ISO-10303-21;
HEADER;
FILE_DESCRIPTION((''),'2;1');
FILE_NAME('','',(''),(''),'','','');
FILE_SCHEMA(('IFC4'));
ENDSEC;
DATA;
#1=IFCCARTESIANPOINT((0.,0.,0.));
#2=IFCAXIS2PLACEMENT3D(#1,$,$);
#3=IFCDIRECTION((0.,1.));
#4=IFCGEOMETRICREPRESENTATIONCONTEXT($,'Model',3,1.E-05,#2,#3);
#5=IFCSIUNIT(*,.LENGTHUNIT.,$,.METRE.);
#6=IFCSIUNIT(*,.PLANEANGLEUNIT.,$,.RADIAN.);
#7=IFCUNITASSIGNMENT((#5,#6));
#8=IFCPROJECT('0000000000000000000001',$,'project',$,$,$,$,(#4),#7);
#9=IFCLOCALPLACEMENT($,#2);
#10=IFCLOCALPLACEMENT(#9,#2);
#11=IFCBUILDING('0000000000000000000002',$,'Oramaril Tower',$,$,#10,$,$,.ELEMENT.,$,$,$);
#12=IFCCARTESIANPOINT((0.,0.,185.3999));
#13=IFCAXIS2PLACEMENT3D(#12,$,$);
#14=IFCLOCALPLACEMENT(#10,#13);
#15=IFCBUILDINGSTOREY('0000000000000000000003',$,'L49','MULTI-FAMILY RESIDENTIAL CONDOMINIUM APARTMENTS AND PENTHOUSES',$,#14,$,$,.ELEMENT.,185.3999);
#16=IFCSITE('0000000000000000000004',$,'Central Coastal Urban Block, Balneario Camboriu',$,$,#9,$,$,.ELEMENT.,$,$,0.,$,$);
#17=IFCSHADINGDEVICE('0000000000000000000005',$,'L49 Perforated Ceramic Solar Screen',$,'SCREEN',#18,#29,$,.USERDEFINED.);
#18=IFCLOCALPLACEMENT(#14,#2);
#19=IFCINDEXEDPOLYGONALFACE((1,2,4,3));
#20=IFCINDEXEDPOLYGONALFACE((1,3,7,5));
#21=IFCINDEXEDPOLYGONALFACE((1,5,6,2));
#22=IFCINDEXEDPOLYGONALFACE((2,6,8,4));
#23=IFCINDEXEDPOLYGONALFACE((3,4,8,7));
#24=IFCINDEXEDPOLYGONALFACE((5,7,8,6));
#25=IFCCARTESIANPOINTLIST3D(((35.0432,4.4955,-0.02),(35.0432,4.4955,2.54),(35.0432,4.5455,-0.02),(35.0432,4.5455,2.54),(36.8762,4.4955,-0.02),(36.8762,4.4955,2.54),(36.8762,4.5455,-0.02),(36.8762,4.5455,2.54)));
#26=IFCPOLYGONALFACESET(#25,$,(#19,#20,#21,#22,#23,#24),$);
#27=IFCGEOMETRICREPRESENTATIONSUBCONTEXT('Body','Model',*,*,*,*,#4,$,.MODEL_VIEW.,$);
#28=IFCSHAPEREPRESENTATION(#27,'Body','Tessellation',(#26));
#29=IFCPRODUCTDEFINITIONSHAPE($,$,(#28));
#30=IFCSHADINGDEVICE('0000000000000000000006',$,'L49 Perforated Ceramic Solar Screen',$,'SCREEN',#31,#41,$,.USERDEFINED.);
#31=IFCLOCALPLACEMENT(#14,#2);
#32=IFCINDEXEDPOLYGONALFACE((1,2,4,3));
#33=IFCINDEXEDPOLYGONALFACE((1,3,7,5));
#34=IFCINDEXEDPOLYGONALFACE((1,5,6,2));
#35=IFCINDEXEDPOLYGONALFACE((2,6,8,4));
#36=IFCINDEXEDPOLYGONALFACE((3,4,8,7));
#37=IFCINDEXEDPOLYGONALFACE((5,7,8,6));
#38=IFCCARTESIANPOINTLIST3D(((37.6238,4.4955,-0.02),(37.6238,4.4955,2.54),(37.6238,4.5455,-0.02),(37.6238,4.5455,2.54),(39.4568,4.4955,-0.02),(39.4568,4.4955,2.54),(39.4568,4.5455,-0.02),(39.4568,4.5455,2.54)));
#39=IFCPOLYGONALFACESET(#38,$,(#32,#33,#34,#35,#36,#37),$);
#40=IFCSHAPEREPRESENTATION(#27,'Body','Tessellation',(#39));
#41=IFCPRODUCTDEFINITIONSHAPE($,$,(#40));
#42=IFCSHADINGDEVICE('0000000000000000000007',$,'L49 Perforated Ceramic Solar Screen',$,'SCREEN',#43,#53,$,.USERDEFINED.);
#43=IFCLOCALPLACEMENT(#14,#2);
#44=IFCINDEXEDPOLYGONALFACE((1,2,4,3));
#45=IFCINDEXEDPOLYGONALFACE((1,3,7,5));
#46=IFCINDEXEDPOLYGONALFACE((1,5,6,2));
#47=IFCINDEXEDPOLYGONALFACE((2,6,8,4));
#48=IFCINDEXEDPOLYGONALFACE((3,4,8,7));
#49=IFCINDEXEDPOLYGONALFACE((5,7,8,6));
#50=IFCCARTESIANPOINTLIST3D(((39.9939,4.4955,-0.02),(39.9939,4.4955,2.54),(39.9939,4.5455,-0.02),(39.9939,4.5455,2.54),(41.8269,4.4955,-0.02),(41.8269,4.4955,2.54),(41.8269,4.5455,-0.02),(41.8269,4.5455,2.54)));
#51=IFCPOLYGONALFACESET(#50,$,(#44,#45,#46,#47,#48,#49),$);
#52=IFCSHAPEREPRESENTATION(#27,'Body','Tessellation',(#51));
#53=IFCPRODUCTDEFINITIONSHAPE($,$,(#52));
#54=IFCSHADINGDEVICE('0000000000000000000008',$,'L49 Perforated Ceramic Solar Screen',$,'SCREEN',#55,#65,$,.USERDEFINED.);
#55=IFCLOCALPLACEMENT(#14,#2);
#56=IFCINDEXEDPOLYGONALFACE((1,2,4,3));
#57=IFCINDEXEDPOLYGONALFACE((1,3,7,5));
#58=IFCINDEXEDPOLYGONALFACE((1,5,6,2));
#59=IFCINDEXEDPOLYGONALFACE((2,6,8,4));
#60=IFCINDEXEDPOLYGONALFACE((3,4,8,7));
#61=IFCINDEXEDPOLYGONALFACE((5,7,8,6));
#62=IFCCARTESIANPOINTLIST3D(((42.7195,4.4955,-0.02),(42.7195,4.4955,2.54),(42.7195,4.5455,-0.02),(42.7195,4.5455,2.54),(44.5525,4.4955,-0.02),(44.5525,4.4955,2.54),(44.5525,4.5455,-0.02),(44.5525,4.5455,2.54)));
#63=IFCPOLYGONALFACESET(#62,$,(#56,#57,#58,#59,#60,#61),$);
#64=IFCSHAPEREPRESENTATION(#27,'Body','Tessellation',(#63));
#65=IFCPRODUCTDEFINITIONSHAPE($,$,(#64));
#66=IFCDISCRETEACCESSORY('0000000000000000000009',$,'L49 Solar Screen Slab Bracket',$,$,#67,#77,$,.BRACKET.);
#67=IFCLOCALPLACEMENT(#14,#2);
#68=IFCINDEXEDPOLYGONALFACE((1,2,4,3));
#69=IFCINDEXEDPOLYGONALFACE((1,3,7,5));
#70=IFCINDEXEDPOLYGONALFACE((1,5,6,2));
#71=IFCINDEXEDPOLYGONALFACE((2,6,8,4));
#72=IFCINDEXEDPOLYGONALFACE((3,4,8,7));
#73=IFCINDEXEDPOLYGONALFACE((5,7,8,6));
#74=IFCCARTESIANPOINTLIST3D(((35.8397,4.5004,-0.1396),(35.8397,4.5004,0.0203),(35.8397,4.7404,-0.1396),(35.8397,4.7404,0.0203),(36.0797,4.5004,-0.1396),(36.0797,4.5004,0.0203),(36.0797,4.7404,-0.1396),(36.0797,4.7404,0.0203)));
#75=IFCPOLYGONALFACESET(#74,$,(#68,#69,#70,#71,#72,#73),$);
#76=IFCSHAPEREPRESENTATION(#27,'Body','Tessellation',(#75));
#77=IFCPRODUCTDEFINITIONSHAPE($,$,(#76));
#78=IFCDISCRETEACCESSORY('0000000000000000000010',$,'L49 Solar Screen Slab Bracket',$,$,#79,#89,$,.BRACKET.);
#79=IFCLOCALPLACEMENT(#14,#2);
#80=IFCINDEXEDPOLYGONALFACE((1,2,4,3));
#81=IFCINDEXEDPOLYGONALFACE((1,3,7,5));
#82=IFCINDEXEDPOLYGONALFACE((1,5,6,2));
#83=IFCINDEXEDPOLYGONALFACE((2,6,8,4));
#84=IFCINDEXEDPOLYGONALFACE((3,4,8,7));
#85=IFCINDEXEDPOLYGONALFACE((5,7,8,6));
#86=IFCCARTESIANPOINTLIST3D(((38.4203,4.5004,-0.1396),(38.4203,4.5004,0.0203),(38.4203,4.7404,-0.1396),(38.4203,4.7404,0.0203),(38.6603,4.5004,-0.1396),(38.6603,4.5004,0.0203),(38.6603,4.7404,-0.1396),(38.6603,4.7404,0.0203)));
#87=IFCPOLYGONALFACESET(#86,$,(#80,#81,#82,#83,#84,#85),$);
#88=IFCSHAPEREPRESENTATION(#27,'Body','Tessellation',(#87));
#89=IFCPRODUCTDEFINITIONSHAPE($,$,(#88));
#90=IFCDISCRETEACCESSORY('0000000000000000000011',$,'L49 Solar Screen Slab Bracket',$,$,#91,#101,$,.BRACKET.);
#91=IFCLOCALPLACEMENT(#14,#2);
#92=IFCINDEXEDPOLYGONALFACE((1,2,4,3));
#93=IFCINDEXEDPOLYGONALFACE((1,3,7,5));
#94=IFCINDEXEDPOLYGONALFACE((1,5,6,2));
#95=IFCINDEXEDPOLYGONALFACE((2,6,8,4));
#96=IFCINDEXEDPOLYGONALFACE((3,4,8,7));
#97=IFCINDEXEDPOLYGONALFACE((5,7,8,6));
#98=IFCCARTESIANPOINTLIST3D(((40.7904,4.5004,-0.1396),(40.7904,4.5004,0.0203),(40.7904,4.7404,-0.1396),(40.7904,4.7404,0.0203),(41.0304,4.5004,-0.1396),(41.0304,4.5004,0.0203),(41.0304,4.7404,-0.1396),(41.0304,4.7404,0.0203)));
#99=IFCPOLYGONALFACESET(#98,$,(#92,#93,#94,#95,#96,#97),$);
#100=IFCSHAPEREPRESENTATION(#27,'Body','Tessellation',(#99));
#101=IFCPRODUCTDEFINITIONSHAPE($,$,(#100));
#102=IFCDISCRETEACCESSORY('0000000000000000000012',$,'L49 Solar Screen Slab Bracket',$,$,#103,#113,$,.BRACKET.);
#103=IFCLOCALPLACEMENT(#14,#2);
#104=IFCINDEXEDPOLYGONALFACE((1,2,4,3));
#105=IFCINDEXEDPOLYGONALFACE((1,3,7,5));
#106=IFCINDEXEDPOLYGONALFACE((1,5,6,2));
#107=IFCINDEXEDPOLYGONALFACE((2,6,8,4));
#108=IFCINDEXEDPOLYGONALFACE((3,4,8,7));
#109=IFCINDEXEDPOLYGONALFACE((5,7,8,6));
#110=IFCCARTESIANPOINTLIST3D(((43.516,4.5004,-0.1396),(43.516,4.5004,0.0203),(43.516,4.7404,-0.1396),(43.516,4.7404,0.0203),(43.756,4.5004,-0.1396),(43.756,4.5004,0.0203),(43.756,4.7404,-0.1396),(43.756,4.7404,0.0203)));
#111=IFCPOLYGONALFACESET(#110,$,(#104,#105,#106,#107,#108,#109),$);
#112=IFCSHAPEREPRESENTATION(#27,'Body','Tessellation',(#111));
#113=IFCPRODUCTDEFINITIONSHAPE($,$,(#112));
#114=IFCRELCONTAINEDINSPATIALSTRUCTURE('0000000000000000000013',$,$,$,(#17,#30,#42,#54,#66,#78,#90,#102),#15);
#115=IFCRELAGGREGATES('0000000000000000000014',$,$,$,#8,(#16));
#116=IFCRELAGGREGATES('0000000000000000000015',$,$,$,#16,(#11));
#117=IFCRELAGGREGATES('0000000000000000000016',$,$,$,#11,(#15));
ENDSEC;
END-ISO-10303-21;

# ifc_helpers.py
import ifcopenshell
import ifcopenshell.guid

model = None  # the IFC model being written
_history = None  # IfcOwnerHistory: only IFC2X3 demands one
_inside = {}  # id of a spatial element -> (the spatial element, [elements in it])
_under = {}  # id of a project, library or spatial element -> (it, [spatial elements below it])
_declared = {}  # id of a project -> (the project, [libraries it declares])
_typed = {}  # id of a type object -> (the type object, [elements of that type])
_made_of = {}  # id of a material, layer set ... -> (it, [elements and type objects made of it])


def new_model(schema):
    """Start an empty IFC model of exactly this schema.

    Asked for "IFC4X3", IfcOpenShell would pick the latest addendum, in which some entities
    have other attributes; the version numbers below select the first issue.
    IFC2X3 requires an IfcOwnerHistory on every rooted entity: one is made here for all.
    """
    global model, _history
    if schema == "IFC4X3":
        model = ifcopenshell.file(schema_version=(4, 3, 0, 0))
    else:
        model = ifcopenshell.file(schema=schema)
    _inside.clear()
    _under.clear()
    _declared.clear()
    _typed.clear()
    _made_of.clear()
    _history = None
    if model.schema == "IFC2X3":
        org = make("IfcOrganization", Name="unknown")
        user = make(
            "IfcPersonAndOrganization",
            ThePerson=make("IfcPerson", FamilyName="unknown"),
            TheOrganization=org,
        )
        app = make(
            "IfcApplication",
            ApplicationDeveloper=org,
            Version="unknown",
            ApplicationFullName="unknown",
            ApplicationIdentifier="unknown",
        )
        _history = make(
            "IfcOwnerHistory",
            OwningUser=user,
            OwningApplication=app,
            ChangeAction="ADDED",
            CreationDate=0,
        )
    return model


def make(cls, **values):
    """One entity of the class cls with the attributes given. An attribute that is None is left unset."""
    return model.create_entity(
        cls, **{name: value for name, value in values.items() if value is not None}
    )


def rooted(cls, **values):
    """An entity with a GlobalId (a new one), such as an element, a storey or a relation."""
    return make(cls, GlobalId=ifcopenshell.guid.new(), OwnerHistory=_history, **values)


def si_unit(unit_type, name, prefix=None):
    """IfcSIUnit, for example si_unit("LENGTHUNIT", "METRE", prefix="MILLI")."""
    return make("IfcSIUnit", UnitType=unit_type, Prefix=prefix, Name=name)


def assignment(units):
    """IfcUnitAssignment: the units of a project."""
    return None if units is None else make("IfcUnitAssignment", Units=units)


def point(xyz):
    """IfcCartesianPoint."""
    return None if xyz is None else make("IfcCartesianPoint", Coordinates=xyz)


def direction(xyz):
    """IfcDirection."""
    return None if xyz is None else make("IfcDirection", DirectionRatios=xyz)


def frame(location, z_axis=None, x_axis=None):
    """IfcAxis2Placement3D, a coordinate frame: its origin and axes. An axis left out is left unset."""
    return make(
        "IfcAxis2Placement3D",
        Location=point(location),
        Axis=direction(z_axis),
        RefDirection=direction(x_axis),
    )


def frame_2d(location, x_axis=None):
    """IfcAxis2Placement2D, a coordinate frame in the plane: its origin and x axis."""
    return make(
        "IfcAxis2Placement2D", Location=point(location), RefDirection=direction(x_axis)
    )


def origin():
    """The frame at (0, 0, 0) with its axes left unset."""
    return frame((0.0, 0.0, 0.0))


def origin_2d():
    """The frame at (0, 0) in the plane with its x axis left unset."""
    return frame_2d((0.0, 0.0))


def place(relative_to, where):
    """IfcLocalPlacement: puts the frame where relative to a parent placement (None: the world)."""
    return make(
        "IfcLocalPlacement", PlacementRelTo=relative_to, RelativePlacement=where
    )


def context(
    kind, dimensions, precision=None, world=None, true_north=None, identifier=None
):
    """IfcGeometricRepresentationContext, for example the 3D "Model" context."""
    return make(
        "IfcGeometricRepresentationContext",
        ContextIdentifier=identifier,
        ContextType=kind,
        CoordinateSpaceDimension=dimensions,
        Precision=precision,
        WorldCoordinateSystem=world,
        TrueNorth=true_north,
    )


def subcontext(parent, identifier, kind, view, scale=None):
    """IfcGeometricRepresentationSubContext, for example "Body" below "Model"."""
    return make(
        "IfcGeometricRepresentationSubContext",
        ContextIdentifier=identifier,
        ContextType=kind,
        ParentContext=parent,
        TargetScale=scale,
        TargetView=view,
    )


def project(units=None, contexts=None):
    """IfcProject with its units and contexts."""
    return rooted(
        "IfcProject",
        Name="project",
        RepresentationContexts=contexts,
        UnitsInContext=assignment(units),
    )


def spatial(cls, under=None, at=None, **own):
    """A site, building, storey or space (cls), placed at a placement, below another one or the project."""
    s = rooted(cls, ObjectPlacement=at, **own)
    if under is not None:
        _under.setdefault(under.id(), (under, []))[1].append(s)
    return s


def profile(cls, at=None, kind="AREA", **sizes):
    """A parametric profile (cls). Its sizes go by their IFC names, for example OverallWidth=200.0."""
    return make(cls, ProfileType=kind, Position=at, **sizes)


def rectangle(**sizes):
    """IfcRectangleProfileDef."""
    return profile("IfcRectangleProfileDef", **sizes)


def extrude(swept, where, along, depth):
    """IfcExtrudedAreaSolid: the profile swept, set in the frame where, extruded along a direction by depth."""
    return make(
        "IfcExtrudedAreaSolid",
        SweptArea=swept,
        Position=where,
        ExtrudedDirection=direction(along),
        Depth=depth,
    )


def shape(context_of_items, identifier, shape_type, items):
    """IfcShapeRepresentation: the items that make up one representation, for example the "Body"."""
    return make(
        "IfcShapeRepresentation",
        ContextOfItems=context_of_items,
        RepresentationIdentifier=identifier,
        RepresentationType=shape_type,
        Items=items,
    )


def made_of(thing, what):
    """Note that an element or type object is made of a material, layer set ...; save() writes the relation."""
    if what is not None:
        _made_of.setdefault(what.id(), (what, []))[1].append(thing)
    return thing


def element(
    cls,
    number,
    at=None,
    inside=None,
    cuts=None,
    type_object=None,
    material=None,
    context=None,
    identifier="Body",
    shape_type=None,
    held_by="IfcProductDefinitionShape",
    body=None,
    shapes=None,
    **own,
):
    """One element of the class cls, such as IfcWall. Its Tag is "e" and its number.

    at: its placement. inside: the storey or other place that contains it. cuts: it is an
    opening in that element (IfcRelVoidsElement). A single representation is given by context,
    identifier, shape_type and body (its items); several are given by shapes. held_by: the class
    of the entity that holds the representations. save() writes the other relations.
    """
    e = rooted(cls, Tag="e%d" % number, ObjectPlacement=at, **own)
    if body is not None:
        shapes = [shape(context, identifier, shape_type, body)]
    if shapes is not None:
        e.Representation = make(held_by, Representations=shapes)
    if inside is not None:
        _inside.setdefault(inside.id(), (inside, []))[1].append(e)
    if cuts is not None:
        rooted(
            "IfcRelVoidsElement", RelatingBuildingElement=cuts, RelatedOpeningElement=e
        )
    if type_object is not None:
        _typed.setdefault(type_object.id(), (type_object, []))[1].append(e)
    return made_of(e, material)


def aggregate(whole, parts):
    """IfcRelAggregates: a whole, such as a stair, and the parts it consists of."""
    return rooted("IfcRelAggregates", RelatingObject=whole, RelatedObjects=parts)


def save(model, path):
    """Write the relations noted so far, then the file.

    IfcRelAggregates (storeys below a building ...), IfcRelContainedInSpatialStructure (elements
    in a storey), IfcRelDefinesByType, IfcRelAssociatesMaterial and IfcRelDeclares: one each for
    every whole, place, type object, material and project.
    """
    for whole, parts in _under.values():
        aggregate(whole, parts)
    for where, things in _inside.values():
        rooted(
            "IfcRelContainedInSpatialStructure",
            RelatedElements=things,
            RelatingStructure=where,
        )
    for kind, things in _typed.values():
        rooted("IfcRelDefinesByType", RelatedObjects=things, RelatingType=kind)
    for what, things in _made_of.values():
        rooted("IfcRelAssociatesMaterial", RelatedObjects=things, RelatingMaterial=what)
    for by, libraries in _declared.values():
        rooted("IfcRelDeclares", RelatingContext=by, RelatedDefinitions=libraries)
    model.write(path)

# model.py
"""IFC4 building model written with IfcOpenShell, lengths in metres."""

from ifc_helpers import new_model, si_unit, direction, frame, origin, origin_2d, place, context, subcontext, project, spatial, rectangle, extrude, element, save


model = new_model("IFC4")

# Units and contexts
model_context = context("Model", 3, precision=1e-05, world=origin(), true_north=direction((0.0, 1.0)))
body_context = subcontext(model_context, "Body", "Model", "MODEL_VIEW")
ifc_project = project(units=[si_unit("LENGTHUNIT", "METRE"), si_unit("PLANEANGLEUNIT", "RADIAN")], contexts=[model_context])

# Site, building, storey
site_placement = place(None, origin())
site = spatial("IfcSite", under=ifc_project, at=site_placement, Name="Central Coastal Urban Block, Balneario Camboriu", CompositionType="ELEMENT", RefElevation=0.0)
building_placement = place(site_placement, origin())
building = spatial("IfcBuilding", under=site, at=building_placement, Name="Oramaril Tower", CompositionType="ELEMENT")
storey_placement = place(building_placement, frame((0.0, 0.0, 185.3999)))
storey = spatial("IfcBuildingStorey", under=building, at=storey_placement, Name="L49", Description="MULTI-FAMILY RESIDENTIAL CONDOMINIUM APARTMENTS AND PENTHOUSES", CompositionType="ELEMENT", Elevation=185.3999)

# Shading devices
for number, where, z_axis, x_axis, name in (
    (1, (35.9597, 4.5205, -0.02), (0.0, 0.0, 1.0), (1.0, 0.0, 0.0), "L49 Perforated Ceramic Solar Screen"),
    (2, (38.5403, 4.5205, -0.02), (0.0, 0.0, 1.0), (1.0, 0.0, 0.0), "L49 Perforated Ceramic Solar Screen"),
    (3, (40.9104, 4.5205, -0.02), (0.0, 0.0, 1.0), (1.0, 0.0, 0.0), "L49 Perforated Ceramic Solar Screen"),
    (4, (43.636, 4.5205, -0.02), (0.0, 0.0, 1.0), (1.0, 0.0, 0.0), "L49 Perforated Ceramic Solar Screen"),
):
    element("IfcShadingDevice", number, at=place(storey_placement, frame(where, z_axis=z_axis, x_axis=x_axis)), inside=storey, Name=name, ObjectType="SCREEN", PredefinedType="USERDEFINED", context=body_context, shape_type="SweptSolid", body=[
        extrude(rectangle(XDim=1.833, YDim=0.05, at=origin_2d()), origin(), (0.0, 0.0, 1.0), 2.5601),
    ])

# Discrete accessories
for number, where, z_axis, x_axis, name in (
    (5, (35.9597, 4.6204, -0.1396), (0.0, 0.0, 1.0), (1.0, 0.0, 0.0), "L49 Solar Screen Slab Bracket"),
    (6, (38.5403, 4.6204, -0.1396), (0.0, 0.0, 1.0), (1.0, 0.0, 0.0), "L49 Solar Screen Slab Bracket"),
    (7, (40.9104, 4.6204, -0.1396), (0.0, 0.0, 1.0), (1.0, 0.0, 0.0), "L49 Solar Screen Slab Bracket"),
    (8, (43.636, 4.6204, -0.1396), (0.0, 0.0, 1.0), (1.0, 0.0, 0.0), "L49 Solar Screen Slab Bracket"),
):
    element("IfcDiscreteAccessory", number, at=place(storey_placement, frame(where, z_axis=z_axis, x_axis=x_axis)), inside=storey, Name=name, PredefinedType="BRACKET", context=body_context, shape_type="SweptSolid", body=[
        extrude(rectangle(XDim=0.24, YDim=0.24, at=origin_2d()), origin(), (0.0, 0.0, 1.0), 0.1599),
    ])

save(model, "model.ifc")
